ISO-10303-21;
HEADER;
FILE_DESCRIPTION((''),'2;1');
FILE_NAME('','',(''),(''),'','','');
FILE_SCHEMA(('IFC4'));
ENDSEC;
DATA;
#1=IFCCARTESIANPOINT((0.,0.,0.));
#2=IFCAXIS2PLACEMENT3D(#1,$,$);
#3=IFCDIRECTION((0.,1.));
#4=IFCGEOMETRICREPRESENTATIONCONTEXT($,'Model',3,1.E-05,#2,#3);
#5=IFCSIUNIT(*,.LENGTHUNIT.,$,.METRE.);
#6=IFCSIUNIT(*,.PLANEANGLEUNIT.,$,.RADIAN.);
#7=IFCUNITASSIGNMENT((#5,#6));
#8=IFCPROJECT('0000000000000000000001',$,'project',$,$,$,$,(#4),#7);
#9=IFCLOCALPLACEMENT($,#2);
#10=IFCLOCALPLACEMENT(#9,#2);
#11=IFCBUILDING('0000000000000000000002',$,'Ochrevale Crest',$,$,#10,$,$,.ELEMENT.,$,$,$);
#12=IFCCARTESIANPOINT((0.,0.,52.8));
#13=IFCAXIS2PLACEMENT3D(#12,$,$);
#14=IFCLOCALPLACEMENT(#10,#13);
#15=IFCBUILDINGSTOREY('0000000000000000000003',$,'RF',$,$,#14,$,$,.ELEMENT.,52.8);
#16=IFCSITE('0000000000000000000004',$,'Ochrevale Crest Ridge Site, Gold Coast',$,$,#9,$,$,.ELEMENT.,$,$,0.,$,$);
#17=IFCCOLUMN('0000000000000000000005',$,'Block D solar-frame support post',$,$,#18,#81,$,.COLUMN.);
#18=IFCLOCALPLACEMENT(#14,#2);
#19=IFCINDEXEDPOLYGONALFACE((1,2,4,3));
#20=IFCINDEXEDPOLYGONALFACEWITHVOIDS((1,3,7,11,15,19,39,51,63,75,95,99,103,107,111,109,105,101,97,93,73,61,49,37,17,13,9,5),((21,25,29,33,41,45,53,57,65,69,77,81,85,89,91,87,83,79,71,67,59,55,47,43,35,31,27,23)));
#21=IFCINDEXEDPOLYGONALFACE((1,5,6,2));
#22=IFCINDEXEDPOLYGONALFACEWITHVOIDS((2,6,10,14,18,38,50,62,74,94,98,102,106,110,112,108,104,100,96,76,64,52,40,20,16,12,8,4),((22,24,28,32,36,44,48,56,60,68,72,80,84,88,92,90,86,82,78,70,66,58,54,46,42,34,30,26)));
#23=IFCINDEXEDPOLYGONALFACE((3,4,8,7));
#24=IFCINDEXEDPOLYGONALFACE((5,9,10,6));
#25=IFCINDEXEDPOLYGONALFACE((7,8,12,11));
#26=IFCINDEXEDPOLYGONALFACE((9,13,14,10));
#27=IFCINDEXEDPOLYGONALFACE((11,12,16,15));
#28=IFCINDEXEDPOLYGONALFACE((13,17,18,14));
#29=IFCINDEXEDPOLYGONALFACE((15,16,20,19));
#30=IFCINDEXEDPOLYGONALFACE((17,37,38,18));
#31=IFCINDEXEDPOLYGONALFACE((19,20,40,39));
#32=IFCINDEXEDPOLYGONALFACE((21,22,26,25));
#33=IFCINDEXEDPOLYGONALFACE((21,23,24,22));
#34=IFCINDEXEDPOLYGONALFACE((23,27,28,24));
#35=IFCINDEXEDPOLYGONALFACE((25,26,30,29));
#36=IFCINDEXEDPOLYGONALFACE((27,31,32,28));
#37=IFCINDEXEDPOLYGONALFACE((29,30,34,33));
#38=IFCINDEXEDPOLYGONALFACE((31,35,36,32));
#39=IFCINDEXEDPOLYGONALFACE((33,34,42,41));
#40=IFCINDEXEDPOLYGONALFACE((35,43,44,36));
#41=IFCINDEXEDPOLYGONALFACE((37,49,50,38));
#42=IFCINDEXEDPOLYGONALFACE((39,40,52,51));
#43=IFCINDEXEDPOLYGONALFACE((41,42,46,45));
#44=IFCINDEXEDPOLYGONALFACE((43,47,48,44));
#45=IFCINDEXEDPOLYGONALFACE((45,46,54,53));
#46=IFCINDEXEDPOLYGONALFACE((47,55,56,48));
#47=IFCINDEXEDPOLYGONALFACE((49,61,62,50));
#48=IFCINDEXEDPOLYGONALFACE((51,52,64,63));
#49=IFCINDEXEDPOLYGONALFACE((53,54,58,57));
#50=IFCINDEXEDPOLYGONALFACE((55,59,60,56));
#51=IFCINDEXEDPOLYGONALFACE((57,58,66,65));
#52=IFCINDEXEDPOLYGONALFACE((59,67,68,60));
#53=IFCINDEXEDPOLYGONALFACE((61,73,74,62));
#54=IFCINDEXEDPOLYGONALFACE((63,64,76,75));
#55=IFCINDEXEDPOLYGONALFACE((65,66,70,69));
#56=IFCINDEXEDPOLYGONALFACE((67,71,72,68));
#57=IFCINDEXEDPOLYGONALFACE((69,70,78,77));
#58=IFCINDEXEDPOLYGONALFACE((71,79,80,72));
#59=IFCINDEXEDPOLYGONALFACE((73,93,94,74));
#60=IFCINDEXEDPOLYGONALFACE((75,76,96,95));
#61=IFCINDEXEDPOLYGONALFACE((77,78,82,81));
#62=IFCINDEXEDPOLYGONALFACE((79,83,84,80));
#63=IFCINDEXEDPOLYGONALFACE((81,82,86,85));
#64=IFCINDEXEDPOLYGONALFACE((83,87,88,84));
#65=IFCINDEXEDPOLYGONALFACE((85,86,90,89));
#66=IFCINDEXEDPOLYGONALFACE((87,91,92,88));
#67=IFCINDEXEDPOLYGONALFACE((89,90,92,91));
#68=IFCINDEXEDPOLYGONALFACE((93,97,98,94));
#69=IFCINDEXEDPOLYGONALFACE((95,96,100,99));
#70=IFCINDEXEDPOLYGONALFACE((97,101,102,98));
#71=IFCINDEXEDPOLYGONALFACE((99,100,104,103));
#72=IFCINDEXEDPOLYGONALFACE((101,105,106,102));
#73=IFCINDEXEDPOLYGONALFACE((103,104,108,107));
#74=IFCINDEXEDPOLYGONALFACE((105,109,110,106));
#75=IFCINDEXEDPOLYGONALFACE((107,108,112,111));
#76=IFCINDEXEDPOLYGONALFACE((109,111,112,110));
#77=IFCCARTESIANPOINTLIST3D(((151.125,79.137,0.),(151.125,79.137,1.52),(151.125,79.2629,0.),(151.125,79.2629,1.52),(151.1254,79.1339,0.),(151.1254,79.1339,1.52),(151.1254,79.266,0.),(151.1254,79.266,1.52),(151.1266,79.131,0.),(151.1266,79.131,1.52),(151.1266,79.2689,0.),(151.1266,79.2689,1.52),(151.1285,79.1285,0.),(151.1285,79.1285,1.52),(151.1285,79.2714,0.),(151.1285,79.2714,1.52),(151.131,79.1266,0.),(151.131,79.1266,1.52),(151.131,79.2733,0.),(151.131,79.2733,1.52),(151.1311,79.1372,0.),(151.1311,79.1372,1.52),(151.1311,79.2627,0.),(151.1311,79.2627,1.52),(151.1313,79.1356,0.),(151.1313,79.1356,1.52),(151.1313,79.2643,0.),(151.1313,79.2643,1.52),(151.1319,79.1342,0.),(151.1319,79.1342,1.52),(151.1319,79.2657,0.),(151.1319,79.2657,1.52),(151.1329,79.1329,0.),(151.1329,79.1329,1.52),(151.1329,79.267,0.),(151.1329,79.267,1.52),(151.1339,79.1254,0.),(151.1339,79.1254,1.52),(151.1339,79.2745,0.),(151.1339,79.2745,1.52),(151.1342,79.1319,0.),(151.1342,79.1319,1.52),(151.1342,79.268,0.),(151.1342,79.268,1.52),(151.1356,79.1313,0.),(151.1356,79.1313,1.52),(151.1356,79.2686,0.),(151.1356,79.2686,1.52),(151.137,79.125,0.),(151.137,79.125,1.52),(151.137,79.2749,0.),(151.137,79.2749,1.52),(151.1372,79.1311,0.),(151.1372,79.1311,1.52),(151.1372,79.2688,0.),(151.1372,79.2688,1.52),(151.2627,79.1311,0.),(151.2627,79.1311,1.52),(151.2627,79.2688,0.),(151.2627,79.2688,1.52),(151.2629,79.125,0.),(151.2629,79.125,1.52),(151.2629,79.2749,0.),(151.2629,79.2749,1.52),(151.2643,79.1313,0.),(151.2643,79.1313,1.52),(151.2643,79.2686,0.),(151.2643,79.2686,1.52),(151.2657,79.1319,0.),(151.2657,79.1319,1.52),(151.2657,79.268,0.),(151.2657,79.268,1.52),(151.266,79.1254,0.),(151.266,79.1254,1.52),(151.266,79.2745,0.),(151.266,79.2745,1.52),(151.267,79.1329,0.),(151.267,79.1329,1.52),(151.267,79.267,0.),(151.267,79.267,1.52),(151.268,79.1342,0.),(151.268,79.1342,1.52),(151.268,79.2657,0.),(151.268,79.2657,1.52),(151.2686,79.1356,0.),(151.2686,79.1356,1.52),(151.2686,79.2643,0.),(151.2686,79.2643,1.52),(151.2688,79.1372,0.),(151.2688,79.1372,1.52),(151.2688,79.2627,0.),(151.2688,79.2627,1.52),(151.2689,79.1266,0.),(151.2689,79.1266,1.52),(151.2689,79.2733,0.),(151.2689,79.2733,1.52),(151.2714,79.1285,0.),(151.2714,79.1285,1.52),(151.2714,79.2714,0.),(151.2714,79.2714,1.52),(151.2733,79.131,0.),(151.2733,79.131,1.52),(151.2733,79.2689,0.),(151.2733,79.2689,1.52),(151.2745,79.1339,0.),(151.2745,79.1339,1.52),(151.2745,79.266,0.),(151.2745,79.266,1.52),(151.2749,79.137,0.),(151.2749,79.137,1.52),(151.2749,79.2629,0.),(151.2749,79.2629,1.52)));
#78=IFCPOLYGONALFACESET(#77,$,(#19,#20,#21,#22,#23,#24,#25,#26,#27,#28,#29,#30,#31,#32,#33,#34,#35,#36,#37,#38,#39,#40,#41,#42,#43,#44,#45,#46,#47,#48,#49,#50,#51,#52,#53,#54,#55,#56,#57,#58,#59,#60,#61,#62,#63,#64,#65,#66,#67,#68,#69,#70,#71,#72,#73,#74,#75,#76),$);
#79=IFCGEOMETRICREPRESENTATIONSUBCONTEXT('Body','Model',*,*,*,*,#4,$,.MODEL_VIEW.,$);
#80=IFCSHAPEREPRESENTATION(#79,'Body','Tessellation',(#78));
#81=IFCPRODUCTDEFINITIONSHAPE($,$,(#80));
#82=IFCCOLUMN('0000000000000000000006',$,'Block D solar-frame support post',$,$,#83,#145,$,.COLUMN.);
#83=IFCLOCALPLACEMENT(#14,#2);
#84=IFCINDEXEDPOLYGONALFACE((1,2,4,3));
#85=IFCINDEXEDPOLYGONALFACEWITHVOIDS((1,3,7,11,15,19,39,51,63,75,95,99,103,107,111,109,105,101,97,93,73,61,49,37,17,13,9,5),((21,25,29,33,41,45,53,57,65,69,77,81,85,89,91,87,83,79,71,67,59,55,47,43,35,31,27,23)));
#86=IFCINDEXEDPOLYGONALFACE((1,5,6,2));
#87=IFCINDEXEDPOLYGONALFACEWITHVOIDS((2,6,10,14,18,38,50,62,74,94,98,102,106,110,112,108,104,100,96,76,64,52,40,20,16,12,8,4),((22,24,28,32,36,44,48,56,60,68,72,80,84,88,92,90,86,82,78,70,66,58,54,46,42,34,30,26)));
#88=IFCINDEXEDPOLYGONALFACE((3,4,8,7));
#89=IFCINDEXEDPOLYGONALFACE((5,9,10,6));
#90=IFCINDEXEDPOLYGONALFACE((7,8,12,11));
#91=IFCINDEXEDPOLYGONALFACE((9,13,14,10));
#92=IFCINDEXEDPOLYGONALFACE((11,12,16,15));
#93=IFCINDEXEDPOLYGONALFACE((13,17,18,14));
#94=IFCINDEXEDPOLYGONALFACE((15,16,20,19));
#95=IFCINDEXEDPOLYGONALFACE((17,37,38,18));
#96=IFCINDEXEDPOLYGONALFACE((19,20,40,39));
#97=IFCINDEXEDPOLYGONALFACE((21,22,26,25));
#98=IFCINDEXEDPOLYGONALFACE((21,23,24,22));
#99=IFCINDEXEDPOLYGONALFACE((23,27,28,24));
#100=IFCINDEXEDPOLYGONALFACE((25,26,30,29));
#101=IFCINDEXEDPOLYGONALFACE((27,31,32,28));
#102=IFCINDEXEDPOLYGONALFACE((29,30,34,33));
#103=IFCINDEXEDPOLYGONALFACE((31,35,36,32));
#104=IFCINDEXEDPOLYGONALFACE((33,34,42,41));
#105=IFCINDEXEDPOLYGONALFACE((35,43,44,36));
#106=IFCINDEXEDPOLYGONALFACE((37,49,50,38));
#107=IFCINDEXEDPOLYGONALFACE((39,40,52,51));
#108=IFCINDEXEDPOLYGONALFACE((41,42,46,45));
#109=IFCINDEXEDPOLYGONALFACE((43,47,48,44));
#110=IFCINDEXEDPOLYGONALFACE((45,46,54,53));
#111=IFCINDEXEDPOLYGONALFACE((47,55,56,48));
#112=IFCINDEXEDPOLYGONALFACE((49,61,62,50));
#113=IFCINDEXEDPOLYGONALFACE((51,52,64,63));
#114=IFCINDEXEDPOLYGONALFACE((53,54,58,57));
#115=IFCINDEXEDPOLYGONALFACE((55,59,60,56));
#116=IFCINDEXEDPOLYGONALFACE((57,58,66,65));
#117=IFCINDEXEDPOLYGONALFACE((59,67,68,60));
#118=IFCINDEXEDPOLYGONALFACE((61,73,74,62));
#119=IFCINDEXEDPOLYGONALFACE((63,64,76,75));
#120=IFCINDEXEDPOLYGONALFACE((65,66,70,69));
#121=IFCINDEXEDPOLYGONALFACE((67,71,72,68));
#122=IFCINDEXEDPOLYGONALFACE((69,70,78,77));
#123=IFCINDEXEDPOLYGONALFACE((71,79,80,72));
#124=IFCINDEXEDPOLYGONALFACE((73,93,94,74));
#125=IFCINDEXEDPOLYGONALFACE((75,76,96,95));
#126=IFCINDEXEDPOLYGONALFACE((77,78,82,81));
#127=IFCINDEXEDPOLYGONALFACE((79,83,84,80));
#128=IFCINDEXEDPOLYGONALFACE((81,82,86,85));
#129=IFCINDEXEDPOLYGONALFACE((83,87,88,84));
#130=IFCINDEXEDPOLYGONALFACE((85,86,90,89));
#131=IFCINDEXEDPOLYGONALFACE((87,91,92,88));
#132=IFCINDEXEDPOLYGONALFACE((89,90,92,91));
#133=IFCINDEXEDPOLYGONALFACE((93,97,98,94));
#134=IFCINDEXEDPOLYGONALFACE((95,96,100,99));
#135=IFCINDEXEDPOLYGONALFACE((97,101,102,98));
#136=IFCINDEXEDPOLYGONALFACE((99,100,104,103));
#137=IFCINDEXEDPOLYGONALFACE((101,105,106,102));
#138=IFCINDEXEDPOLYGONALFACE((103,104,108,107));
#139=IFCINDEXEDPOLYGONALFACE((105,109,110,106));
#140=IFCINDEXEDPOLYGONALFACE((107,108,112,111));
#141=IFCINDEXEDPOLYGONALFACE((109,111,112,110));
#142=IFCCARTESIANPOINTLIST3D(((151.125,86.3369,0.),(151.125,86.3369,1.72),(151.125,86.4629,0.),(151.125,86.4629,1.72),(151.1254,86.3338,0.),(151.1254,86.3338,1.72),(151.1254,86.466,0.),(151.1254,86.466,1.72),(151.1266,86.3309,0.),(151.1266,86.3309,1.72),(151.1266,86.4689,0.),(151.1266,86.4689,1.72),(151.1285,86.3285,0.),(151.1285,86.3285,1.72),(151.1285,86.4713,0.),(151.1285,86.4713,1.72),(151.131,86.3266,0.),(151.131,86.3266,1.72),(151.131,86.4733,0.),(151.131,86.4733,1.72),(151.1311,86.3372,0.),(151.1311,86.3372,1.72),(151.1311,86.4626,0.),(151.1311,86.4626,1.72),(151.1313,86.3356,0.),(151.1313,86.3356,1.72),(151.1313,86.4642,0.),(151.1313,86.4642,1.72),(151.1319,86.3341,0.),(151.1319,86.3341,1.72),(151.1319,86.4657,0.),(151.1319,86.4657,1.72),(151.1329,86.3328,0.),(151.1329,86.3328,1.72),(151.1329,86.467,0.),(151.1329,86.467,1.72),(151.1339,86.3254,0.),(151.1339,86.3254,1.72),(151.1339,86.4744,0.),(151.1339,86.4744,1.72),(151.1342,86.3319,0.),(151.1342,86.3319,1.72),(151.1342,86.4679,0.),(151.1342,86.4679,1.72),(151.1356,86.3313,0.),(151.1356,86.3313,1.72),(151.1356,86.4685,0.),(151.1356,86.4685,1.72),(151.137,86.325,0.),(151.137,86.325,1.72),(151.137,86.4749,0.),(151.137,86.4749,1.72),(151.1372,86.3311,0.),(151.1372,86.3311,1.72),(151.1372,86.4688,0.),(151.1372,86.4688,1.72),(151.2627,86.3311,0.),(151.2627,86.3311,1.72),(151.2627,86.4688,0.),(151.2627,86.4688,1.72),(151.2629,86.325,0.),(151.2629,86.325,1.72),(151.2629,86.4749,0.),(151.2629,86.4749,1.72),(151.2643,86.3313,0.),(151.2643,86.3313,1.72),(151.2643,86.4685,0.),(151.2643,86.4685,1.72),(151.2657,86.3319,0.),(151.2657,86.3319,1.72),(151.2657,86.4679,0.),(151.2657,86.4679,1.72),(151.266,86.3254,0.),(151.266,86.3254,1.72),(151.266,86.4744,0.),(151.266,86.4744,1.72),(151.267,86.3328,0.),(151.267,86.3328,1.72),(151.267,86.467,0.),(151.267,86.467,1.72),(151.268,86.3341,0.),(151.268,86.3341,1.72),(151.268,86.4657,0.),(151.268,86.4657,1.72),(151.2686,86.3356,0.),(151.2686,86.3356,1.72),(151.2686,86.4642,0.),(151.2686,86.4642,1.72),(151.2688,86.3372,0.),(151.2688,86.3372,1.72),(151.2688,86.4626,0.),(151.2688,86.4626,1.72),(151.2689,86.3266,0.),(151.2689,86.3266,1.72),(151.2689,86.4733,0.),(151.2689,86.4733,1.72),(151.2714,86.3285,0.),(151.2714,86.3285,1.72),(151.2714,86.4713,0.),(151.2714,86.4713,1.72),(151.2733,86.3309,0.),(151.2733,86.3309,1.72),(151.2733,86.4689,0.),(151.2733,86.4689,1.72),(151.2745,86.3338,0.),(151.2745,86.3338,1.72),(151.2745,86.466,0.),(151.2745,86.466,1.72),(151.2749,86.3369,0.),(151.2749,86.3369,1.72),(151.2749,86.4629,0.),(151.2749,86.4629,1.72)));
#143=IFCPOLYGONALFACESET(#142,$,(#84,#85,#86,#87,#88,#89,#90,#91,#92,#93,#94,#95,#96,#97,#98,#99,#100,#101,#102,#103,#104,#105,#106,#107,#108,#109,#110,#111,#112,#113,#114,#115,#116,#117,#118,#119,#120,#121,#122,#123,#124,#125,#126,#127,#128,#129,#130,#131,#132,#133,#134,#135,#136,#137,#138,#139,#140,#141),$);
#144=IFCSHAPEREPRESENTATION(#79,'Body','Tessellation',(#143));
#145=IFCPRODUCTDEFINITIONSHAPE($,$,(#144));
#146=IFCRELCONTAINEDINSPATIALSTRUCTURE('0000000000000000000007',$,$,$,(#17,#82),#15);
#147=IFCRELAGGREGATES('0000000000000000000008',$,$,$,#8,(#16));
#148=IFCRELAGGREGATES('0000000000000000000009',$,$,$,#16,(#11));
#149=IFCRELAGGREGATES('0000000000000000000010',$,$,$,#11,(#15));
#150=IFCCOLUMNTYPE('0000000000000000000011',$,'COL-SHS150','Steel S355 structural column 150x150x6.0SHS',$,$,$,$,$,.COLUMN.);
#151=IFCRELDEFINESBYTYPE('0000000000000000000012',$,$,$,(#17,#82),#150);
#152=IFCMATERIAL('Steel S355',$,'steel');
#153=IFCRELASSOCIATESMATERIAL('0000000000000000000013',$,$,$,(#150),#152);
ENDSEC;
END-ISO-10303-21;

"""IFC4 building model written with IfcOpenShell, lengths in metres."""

from ifc_helpers import new_model, si_unit, direction, frame, origin, origin_2d, place, context, subcontext, project, spatial, hollow_rectangle, extrude, material, material_profile, profile_set, type_object, element, save


model = new_model("IFC4")

# Units and contexts
model_context = context("Model", 3, precision=1e-05, world=origin(), true_north=direction((0.0, 1.0)))
body_context = subcontext(model_context, "Body", "Model", "MODEL_VIEW")
ifc_project = project(units=[si_unit("LENGTHUNIT", "METRE"), si_unit("PLANEANGLEUNIT", "RADIAN")], contexts=[model_context])

# Site, building, storey
site_placement = place(None, origin())
site = spatial("IfcSite", under=ifc_project, at=site_placement, Name="Ochrevale Crest Ridge Site, Gold Coast", CompositionType="ELEMENT", RefElevation=0.0)
building_placement = place(site_placement, origin())
building = spatial("IfcBuilding", under=site, at=building_placement, Name="Ochrevale Crest", CompositionType="ELEMENT")
storey_placement = place(building_placement, frame((0.0, 0.0, 52.8)))
storey = spatial("IfcBuildingStorey", under=building, at=storey_placement, Name="RF", CompositionType="ELEMENT", Elevation=52.8)

# Columns
ifc_material_1 = material(Name="Steel S355", Category="steel")
ifc_material_profile_1 = material_profile(ifc_material_1, hollow_rectangle(XDim=0.1499, YDim=0.1499, WallThickness=0.0061, InnerFilletRadius=0.0061, OuterFilletRadius=0.012, at=origin_2d()), Name="150x150x6.0SHS")
ifc_profile_set_1 = profile_set([ifc_material_profile_1], Name="Steel S355")
column_type = type_object("IfcColumnType", Name="COL-SHS150", Description="Steel S355 structural column 150x150x6.0SHS", PredefinedType="COLUMN", material=ifc_profile_set_1)
column_1_placement = place(storey_placement, frame((151.2, 79.2, 0.0), z_axis=(0.0, 0.0, 1.0), x_axis=(1.0, 0.0, 0.0)))
element("IfcColumn", 1, at=column_1_placement, inside=storey, type_object=column_type, Name="Block D solar-frame support post", PredefinedType="COLUMN", context=body_context, shape_type="SweptSolid", body=[
    extrude(hollow_rectangle(XDim=0.1499, YDim=0.1499, WallThickness=0.0061, InnerFilletRadius=0.0061, OuterFilletRadius=0.012, at=origin_2d()), origin(), (0.0, 0.0, 1.0), 1.52),
])
column_2_placement = place(storey_placement, frame((151.2, 86.3999, 0.0), z_axis=(0.0, 0.0, 1.0), x_axis=(1.0, 0.0, 0.0)))
element("IfcColumn", 2, at=column_2_placement, inside=storey, type_object=column_type, Name="Block D solar-frame support post", PredefinedType="COLUMN", context=body_context, shape_type="SweptSolid", body=[
    extrude(hollow_rectangle(XDim=0.1499, YDim=0.1499, WallThickness=0.0061, InnerFilletRadius=0.0061, OuterFilletRadius=0.012, at=origin_2d()), origin(), (0.0, 0.0, 1.0), 1.72),
])

save(model, "model.ifc")
